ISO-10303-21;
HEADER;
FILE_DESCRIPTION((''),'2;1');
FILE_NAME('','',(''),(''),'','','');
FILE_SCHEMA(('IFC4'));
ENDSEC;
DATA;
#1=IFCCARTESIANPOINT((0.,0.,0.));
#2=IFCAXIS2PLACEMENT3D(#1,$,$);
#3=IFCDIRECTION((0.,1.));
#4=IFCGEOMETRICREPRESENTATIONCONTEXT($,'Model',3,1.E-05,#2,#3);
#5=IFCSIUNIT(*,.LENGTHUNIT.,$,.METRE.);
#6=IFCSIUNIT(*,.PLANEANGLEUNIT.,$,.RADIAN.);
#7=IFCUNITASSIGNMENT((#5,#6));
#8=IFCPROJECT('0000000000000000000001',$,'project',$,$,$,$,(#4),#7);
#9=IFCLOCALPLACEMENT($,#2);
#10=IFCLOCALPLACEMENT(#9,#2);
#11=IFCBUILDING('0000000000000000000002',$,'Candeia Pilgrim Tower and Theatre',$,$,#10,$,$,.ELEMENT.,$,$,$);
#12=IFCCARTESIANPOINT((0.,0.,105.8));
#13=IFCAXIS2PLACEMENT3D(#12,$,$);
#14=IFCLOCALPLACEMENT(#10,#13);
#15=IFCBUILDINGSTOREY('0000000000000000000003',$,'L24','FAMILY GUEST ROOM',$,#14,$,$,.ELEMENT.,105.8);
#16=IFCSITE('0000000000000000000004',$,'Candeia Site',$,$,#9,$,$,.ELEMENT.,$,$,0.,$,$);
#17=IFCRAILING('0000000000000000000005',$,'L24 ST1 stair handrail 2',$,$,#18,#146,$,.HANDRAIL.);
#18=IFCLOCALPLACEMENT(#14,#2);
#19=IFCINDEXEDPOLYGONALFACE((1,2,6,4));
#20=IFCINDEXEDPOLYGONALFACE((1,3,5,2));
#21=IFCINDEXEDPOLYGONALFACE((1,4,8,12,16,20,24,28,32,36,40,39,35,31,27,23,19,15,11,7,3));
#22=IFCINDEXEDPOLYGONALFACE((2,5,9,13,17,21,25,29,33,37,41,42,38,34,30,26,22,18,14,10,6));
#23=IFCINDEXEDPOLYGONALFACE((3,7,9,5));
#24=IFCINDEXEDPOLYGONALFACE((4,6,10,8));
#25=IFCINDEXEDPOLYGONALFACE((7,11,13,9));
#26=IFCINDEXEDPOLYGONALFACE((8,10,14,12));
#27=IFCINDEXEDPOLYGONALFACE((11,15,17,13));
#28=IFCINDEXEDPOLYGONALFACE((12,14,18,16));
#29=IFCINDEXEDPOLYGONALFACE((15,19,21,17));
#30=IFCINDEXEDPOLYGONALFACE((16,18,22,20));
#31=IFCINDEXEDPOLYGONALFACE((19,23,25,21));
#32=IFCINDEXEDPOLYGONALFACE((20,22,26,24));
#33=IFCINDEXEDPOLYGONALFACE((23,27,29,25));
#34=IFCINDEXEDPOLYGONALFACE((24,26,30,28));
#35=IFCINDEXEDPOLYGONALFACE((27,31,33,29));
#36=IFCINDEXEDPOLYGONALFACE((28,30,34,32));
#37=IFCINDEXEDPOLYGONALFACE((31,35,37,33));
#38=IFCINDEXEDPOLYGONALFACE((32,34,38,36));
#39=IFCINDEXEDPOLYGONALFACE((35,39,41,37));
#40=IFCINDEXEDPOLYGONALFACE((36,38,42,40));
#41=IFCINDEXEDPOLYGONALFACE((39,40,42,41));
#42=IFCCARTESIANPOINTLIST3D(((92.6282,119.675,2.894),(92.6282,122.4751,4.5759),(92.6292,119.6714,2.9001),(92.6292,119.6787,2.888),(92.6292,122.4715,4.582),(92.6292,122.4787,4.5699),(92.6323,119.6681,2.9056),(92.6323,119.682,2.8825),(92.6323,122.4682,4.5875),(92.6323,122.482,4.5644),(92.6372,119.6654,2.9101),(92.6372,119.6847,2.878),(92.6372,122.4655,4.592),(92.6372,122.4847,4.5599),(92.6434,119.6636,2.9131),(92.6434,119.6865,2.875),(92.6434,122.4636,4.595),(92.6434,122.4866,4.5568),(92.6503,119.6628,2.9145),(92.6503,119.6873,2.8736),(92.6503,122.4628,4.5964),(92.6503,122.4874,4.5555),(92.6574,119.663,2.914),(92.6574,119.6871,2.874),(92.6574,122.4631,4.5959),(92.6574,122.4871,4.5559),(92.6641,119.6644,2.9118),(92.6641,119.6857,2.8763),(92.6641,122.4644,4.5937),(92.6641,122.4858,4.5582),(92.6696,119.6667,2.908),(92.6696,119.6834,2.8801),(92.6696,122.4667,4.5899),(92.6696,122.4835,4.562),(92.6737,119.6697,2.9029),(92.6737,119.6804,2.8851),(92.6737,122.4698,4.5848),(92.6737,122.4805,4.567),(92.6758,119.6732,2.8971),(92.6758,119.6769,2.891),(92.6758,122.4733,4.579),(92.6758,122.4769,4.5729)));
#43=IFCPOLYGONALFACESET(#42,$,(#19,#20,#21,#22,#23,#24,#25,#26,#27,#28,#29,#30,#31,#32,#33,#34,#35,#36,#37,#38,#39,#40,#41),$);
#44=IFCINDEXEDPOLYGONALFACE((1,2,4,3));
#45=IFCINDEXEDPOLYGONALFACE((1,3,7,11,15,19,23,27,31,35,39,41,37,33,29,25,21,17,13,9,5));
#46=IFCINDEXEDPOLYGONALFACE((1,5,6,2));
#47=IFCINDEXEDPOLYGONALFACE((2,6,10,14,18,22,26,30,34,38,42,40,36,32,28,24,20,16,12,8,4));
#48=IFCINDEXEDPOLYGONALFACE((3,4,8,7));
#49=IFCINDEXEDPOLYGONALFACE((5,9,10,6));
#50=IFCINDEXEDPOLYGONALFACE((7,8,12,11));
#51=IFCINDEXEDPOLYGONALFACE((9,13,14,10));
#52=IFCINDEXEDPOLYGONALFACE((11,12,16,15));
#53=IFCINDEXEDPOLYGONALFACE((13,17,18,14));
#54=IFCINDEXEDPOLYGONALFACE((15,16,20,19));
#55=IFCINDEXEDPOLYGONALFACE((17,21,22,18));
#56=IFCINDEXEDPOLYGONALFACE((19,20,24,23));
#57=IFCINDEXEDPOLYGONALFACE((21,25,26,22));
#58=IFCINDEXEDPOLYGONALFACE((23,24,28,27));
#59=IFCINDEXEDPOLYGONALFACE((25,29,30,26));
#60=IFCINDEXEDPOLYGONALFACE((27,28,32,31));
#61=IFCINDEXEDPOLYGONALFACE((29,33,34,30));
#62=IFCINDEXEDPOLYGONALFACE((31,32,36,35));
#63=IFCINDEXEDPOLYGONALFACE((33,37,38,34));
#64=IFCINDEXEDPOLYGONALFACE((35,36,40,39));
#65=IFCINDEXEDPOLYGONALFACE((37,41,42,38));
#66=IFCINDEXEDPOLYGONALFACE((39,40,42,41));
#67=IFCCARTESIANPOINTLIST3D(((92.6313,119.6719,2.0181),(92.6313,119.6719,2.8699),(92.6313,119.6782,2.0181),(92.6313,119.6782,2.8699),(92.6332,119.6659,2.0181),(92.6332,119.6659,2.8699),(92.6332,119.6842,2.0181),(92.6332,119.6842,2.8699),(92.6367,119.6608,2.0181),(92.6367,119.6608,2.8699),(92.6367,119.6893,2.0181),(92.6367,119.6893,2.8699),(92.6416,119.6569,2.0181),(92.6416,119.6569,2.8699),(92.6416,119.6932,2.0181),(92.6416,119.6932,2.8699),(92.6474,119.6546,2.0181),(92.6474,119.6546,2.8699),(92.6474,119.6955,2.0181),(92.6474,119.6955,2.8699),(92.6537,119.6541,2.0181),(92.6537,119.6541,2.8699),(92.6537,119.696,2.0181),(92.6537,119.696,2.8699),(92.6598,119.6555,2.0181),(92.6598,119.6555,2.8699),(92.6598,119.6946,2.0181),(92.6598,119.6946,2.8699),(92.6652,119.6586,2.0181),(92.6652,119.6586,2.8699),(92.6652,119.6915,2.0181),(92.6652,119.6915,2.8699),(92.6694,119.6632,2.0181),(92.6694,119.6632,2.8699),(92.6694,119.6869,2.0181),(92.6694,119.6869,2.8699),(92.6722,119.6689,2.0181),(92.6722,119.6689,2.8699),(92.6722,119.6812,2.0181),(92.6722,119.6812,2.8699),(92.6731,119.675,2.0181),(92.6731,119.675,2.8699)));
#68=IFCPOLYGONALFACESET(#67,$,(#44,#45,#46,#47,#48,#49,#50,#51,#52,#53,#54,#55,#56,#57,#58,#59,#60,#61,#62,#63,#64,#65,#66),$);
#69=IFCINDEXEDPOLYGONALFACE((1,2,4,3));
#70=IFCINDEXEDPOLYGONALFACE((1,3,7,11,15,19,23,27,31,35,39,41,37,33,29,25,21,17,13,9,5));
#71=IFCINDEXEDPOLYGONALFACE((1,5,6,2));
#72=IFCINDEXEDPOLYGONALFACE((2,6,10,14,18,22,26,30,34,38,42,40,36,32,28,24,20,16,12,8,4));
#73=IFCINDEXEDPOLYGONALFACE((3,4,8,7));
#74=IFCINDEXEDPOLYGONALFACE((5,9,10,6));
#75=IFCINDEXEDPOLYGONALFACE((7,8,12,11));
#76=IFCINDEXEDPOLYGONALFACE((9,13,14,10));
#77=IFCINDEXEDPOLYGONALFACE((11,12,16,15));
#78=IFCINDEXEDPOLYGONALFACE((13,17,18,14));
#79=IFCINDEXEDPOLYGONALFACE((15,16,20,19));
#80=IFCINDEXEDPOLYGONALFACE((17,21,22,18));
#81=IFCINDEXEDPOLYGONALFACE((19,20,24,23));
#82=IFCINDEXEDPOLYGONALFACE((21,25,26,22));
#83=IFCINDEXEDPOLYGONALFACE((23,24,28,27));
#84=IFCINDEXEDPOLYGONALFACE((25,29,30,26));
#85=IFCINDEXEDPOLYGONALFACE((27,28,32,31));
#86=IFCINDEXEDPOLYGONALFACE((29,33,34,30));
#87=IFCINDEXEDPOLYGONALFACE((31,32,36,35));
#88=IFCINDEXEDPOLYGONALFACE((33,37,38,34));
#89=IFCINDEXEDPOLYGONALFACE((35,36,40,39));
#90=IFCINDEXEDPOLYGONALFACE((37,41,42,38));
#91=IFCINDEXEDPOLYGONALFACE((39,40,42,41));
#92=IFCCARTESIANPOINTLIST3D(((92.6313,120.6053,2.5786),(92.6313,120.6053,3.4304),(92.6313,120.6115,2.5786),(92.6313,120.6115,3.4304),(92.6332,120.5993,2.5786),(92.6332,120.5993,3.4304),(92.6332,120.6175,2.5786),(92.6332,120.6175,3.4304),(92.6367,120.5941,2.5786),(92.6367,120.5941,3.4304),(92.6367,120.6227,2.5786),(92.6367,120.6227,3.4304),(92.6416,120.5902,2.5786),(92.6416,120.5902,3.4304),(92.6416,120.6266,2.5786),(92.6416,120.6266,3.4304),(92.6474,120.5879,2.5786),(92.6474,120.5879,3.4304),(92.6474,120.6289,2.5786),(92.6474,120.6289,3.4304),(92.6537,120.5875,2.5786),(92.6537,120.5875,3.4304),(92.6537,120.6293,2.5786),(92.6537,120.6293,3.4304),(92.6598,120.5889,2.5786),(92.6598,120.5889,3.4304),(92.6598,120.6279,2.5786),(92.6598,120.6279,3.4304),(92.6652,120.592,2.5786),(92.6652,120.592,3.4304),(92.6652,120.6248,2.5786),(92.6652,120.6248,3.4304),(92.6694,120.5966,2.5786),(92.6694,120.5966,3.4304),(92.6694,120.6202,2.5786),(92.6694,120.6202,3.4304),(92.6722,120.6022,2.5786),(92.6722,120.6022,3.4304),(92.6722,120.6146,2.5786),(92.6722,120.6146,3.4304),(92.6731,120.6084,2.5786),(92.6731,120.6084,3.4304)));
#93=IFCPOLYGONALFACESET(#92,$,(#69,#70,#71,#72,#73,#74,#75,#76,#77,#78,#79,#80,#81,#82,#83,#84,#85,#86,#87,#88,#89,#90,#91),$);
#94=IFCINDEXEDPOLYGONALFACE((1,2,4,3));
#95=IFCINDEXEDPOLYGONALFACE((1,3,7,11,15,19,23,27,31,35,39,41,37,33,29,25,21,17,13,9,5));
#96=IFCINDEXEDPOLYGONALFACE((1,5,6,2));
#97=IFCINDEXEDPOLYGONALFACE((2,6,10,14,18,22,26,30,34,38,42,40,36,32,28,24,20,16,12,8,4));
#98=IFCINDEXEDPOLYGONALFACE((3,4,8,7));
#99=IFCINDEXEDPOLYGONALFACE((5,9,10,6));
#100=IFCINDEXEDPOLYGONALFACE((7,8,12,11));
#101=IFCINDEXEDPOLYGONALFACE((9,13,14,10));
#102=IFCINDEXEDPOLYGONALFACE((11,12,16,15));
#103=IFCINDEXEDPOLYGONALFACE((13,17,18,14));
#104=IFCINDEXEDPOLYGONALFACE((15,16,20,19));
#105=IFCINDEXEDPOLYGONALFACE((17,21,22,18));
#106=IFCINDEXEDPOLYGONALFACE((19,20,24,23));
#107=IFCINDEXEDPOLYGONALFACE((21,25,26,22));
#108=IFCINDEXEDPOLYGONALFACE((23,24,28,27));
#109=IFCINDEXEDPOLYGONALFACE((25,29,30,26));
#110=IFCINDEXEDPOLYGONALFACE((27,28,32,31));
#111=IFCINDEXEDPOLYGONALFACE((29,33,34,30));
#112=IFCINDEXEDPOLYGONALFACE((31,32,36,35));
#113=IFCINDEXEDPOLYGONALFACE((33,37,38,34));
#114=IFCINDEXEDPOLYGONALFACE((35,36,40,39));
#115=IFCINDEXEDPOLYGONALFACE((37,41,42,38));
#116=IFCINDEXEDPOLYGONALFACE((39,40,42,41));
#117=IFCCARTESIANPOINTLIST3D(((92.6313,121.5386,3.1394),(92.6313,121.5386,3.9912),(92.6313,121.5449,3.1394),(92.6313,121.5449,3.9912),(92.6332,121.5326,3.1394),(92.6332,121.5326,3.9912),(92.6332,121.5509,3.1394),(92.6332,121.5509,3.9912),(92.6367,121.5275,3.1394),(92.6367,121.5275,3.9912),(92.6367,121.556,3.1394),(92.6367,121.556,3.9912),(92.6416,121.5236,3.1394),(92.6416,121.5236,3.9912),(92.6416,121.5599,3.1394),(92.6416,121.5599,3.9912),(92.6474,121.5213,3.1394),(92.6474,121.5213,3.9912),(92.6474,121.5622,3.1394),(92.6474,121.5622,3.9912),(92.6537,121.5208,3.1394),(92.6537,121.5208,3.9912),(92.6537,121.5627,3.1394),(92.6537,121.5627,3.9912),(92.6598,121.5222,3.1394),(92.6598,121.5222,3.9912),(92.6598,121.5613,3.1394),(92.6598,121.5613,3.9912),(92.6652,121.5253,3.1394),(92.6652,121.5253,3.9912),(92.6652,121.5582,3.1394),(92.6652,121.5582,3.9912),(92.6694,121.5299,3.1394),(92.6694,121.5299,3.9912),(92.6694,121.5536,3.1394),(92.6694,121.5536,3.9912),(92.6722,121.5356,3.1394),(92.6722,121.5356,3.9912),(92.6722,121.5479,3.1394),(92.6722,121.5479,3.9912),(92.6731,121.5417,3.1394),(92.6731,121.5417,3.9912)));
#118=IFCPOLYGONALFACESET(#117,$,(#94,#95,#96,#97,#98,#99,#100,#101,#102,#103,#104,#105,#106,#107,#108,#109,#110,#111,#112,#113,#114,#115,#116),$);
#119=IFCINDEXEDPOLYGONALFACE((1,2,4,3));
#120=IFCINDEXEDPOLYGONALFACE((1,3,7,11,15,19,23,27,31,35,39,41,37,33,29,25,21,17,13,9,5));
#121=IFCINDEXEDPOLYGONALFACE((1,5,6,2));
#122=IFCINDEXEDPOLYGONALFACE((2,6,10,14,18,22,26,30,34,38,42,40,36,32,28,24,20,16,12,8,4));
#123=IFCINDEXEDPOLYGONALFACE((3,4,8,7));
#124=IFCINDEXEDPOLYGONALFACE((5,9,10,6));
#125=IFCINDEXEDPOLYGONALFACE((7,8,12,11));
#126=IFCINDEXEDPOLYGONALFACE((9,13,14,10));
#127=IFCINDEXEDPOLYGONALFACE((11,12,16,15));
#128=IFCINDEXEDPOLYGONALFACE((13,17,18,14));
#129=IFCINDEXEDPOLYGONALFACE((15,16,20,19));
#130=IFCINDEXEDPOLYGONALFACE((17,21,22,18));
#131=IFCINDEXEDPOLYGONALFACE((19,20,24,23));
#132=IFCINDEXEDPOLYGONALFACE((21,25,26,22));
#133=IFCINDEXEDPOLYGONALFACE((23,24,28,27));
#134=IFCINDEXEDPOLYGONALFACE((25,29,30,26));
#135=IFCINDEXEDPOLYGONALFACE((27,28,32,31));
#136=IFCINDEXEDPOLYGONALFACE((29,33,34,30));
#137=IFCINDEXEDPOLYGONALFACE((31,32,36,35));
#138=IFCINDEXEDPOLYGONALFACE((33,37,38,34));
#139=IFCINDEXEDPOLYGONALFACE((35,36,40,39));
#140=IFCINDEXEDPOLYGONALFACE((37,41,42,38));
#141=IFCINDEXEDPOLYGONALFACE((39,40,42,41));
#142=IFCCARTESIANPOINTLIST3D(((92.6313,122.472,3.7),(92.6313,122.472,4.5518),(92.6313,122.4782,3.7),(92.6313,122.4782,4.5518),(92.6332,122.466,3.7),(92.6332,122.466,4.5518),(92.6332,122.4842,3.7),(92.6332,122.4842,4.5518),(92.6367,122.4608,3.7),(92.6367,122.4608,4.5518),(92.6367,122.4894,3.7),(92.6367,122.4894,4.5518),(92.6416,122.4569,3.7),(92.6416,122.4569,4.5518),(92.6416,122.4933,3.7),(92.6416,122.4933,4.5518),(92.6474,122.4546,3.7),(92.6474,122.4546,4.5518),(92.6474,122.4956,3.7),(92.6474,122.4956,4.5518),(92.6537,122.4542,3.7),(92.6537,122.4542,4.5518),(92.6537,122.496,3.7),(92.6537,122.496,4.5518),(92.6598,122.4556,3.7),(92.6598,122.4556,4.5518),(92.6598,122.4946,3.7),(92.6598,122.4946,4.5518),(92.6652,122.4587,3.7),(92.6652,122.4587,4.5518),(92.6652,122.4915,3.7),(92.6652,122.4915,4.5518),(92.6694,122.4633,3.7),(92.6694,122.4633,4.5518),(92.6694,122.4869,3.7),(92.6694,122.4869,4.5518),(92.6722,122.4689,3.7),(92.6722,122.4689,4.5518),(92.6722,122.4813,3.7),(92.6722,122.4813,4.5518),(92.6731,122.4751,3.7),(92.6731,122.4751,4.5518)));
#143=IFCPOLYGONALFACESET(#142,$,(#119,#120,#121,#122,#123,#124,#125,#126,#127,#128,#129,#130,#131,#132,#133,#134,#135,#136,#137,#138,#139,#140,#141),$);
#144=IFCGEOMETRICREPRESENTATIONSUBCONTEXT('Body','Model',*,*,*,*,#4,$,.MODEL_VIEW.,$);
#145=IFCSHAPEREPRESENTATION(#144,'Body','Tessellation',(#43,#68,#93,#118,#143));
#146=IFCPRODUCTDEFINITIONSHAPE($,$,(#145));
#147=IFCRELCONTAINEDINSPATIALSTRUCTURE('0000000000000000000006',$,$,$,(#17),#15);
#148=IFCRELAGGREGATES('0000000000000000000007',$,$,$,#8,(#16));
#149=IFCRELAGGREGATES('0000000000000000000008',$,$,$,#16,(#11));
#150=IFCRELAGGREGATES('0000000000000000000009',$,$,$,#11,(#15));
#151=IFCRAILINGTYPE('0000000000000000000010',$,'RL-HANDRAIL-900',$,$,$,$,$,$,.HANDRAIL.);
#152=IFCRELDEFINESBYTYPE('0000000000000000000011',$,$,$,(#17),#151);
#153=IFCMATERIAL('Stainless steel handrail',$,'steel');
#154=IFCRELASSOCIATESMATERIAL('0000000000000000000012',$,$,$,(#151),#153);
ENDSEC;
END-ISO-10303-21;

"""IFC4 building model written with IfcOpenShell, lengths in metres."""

from ifc_helpers import new_model, si_unit, direction, frame, origin, origin_2d, place, context, subcontext, project, spatial, circle, extrude, material, type_object, element, save


model = new_model("IFC4")

# Units and contexts
model_context = context("Model", 3, precision=1e-05, world=origin(), true_north=direction((0.0, 1.0)))
body_context = subcontext(model_context, "Body", "Model", "MODEL_VIEW")
ifc_project = project(units=[si_unit("LENGTHUNIT", "METRE"), si_unit("PLANEANGLEUNIT", "RADIAN")], contexts=[model_context])

# Site, building, storey
site_placement = place(None, origin())
site = spatial("IfcSite", under=ifc_project, at=site_placement, Name="Candeia Site", CompositionType="ELEMENT", RefElevation=0.0)
building_placement = place(site_placement, origin())
building = spatial("IfcBuilding", under=site, at=building_placement, Name="Candeia Pilgrim Tower and Theatre", CompositionType="ELEMENT")
storey_placement = place(building_placement, frame((0.0, 0.0, 105.8)))
storey = spatial("IfcBuildingStorey", under=building, at=storey_placement, Name="L24", Description="FAMILY GUEST ROOM", CompositionType="ELEMENT", Elevation=105.8)

# Railing
ifc_material_1 = material(Name="Stainless steel handrail", Category="steel")
railing_type_1 = type_object("IfcRailingType", Name="RL-HANDRAIL-900", PredefinedType="HANDRAIL", material=ifc_material_1)
railing_1_placement = place(storey_placement, frame((92.6521, 119.675, 2.0181)))
element("IfcRailing", 1, at=railing_1_placement, inside=storey, type_object=railing_type_1, Name="L24 ST1 stair handrail 2", PredefinedType="HANDRAIL", context=body_context, shape_type="SweptSolid", body=[
    extrude(circle(Radius=0.0239, at=origin_2d()), frame((0.0, 0.0, 0.876), z_axis=(0.0, 0.857242, 0.514913), x_axis=(-1.0, 0.0, 0.0)), (0.0, 0.0, 1.0), 3.2664),
    extrude(circle(Radius=0.021, at=origin_2d()), origin(), (0.0, 0.0, 1.0), 0.8518),
    extrude(circle(Radius=0.021, at=origin_2d()), frame((0.0, 0.9333, 0.5605)), (0.0, 0.0, 1.0), 0.8518),
    extrude(circle(Radius=0.021, at=origin_2d()), frame((0.0, 1.8667, 1.1213)), (0.0, 0.0, 1.0), 0.8518),
    extrude(circle(Radius=0.021, at=origin_2d()), frame((0.0, 2.8, 1.6819)), (0.0, 0.0, 1.0), 0.8518),
])

save(model, "model.ifc")
